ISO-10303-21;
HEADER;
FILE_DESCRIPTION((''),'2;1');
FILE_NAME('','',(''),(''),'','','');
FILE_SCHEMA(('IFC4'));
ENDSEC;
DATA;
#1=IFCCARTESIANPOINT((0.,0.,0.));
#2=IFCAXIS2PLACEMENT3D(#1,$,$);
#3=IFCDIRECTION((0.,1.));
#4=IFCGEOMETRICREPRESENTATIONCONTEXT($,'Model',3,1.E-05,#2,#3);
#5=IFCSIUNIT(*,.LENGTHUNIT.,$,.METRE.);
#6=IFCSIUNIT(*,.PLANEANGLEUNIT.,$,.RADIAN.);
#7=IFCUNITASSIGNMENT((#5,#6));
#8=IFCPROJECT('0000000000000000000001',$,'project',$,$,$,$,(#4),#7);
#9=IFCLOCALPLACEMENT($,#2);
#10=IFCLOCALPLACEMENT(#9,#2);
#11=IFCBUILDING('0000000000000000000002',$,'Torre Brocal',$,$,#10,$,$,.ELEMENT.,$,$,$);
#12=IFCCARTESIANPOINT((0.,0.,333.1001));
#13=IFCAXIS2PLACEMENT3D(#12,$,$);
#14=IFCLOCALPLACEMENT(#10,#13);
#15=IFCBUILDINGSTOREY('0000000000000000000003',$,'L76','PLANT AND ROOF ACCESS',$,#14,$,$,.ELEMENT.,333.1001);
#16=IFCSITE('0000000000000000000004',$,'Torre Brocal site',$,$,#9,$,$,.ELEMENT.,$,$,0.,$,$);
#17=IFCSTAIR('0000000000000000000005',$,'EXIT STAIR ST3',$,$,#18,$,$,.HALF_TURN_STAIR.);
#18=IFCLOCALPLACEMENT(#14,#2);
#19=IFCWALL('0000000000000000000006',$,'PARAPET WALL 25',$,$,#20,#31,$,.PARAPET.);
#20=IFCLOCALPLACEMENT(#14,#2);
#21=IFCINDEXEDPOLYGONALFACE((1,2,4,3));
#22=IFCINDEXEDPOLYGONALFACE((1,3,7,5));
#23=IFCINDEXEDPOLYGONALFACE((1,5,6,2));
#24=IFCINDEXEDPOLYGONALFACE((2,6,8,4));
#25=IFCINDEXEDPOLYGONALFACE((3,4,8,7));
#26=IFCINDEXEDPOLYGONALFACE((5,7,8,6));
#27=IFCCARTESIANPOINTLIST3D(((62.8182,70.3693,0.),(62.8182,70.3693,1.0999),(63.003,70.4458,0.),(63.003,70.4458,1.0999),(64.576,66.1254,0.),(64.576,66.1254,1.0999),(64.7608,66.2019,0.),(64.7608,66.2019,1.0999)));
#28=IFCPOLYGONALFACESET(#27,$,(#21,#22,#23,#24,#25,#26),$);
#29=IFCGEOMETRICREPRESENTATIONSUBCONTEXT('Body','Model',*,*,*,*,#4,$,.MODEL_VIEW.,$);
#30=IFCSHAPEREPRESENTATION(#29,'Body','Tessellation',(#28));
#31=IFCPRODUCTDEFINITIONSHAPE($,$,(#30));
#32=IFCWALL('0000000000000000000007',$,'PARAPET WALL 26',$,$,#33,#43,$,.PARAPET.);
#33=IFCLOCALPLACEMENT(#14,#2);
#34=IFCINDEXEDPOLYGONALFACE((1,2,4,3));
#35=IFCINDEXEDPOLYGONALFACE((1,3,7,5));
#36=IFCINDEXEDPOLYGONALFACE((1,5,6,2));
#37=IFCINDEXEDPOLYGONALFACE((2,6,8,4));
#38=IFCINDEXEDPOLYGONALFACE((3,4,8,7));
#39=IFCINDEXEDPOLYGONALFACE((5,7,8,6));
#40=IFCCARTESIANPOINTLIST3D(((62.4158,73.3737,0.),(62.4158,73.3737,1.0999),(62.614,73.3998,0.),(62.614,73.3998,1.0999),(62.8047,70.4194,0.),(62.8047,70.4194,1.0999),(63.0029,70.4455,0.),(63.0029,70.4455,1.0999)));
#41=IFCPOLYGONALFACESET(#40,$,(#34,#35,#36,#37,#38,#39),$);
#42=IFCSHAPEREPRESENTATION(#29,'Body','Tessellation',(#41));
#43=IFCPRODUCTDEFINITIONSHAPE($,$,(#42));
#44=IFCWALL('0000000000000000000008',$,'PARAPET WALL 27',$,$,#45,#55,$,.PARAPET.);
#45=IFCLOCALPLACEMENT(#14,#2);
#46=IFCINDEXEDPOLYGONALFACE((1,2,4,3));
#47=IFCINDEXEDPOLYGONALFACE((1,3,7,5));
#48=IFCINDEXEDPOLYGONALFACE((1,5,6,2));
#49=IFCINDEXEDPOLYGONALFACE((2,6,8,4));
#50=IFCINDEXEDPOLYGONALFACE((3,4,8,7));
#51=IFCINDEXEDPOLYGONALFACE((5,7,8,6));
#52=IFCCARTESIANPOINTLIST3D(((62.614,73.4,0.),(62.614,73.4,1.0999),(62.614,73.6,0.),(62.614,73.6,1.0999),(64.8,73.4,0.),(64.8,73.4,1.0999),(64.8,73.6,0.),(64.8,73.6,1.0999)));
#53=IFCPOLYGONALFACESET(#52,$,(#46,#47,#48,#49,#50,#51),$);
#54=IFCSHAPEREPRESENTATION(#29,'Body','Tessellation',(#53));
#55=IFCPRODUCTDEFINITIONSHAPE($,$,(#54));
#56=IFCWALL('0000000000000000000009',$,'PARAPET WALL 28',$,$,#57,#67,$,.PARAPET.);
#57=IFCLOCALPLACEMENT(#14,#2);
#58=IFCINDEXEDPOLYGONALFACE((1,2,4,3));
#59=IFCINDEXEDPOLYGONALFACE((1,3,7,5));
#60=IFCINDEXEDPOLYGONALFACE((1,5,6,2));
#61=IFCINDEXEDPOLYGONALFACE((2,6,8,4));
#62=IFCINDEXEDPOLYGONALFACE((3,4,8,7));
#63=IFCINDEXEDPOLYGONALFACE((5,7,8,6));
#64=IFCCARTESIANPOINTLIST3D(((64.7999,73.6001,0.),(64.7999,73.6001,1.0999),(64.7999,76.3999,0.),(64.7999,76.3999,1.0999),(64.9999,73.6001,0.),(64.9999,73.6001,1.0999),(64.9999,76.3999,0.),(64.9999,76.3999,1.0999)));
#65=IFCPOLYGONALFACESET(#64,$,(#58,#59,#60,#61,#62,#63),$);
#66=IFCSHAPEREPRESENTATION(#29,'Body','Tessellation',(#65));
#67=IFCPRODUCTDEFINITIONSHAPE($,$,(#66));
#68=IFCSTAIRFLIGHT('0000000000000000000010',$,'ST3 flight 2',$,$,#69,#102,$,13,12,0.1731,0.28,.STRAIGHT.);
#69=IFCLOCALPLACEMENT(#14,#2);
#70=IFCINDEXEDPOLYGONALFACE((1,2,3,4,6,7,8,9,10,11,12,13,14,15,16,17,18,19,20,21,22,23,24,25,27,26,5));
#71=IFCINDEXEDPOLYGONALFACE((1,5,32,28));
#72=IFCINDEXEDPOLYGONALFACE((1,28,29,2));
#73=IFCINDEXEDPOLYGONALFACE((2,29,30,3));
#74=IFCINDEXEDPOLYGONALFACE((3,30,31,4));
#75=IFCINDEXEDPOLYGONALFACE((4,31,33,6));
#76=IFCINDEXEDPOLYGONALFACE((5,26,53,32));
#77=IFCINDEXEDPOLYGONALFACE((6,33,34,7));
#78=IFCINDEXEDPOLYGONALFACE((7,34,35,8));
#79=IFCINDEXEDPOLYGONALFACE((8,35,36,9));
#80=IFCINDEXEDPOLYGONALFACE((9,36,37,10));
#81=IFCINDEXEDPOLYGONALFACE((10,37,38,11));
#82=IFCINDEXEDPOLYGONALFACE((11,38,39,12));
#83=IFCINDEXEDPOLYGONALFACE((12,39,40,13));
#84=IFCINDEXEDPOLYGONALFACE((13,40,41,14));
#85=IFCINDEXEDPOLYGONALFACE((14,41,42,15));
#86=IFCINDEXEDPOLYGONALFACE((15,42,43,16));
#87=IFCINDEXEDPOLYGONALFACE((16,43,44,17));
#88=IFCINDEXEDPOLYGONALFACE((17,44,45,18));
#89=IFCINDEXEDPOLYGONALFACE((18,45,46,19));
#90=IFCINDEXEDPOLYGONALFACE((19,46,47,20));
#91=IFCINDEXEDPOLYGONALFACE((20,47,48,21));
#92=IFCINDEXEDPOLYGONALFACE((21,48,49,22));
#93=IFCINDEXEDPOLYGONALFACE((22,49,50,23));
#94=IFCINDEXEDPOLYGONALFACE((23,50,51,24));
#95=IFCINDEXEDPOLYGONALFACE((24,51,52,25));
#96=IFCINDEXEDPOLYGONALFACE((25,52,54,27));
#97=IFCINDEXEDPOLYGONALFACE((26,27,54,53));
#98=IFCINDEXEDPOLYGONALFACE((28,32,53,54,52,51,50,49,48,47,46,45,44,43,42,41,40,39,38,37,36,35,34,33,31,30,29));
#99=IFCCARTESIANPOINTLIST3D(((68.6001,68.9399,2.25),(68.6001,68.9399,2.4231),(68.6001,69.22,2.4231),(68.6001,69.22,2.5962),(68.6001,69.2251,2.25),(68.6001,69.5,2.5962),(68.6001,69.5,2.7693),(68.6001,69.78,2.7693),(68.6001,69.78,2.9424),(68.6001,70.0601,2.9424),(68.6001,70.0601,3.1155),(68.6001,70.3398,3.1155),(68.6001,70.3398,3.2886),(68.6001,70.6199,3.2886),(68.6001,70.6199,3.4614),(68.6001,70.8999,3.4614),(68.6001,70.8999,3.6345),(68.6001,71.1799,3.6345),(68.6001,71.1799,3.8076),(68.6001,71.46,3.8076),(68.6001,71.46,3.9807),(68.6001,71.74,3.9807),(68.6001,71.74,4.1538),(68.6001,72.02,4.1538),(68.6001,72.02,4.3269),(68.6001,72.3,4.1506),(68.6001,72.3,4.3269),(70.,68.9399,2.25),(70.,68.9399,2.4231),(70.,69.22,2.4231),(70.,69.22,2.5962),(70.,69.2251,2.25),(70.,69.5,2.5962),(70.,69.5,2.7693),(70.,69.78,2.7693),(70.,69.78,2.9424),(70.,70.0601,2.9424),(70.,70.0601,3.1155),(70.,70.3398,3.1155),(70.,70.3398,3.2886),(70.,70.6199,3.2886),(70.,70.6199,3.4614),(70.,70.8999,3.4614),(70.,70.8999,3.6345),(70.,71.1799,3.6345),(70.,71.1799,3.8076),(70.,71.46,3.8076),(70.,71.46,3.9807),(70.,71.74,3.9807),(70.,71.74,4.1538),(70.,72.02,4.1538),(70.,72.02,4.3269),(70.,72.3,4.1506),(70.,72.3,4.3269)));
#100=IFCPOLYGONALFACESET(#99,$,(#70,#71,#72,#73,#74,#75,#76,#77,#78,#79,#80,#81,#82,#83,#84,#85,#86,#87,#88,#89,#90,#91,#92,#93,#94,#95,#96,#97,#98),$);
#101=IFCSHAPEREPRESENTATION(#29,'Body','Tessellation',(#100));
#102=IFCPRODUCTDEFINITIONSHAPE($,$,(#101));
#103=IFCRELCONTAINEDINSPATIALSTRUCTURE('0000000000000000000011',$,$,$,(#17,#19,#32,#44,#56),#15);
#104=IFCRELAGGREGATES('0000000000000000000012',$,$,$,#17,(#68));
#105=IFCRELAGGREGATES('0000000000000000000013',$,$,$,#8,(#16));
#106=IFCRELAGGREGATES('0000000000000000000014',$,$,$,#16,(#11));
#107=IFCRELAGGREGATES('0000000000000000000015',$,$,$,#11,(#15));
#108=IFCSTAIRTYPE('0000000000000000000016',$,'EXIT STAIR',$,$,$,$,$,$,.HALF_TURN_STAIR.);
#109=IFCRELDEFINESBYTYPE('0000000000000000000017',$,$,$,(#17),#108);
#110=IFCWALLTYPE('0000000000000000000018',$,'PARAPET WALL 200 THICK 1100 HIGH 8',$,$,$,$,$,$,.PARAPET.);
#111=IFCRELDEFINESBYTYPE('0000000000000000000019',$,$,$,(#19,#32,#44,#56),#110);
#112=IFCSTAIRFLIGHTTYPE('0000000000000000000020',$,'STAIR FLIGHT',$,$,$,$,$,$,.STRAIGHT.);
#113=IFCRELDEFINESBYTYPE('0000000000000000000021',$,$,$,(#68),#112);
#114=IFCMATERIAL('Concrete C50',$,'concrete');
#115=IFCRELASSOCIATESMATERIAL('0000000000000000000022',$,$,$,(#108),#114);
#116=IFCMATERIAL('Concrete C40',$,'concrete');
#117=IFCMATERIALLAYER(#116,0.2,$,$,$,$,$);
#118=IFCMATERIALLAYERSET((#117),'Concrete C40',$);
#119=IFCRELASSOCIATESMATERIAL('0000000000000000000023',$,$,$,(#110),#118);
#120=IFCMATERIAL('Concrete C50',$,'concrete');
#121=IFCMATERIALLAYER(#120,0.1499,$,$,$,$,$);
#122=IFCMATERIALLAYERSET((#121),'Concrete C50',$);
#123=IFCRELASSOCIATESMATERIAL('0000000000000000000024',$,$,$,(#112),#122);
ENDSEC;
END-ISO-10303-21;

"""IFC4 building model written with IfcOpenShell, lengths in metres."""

from ifc_helpers import new_model, si_unit, direction, frame, frame_2d, origin, place, context, subcontext, project, spatial, polyline, rectangle, outline, extrude, material, layer, layer_set, type_object, element, aggregate, save


model = new_model("IFC4")

# Units and contexts
model_context = context("Model", 3, precision=1e-05, world=origin(), true_north=direction((0.0, 1.0)))
body_context = subcontext(model_context, "Body", "Model", "MODEL_VIEW")
ifc_project = project(units=[si_unit("LENGTHUNIT", "METRE"), si_unit("PLANEANGLEUNIT", "RADIAN")], contexts=[model_context])

# Site, building, storey
site_placement = place(None, origin())
site = spatial("IfcSite", under=ifc_project, at=site_placement, Name="Torre Brocal site", CompositionType="ELEMENT", RefElevation=0.0)
building_placement = place(site_placement, origin())
building = spatial("IfcBuilding", under=site, at=building_placement, Name="Torre Brocal", CompositionType="ELEMENT")
storey_placement = place(building_placement, frame((0.0, 0.0, 333.1001)))
storey = spatial("IfcBuildingStorey", under=building, at=storey_placement, Name="L76", Description="PLANT AND ROOF ACCESS", CompositionType="ELEMENT", Elevation=333.1001)

# Shared definitions
ifc_material_1 = material(Name="Concrete C50", Category="concrete")
stair_type = type_object("IfcStairType", Name="EXIT STAIR", PredefinedType="HALF_TURN_STAIR", material=ifc_material_1)

# Stair
stair_1_placement = place(storey_placement, origin())
stair_1 = element("IfcStair", 1, at=stair_1_placement, inside=storey, type_object=stair_type, Name="EXIT STAIR ST3", PredefinedType="HALF_TURN_STAIR")

# Walls
ifc_material_2 = material(Name="Concrete C40", Category="concrete")
ifc_layer_1 = layer(ifc_material_2, 0.2)
ifc_layer_set_1 = layer_set([ifc_layer_1], Name="Concrete C40")
wall_type_1 = type_object("IfcWallType", Name="PARAPET WALL 200 THICK 1100 HIGH 8", PredefinedType="PARAPET", material=ifc_layer_set_1)
wall_1_placement = place(storey_placement, frame((64.6685, 66.1636, 0.0), z_axis=(0.0, 0.0, 1.0), x_axis=(-0.382671, 0.923885, 0.0)))
element("IfcWall", 2, at=wall_1_placement, inside=storey, type_object=wall_type_1, Name="PARAPET WALL 25", PredefinedType="PARAPET", context=body_context, shape_type="SweptSolid", body=[
    extrude(rectangle(XDim=4.5935, YDim=0.2, at=frame_2d((2.2969, 0.0))), origin(), (0.0, 0.0, 1.0), 1.0999),
])
wall_2_placement = place(storey_placement, frame((62.9038, 70.4326, 0.0), z_axis=(0.0, 0.0, 1.0), x_axis=(-0.130516, 0.991446, 0.0)))
element("IfcWall", 3, at=wall_2_placement, inside=storey, type_object=wall_type_1, Name="PARAPET WALL 26", PredefinedType="PARAPET", context=body_context, shape_type="SweptSolid", body=[
    extrude(rectangle(XDim=2.9797, YDim=0.2, at=frame_2d((1.4897, 0.0))), origin(), (0.0, 0.0, 1.0), 1.0999),
])
wall_3_placement = place(storey_placement, frame((62.614, 73.5, 0.0), z_axis=(0.0, 0.0, 1.0), x_axis=(1.0, 0.0, 0.0)))
element("IfcWall", 4, at=wall_3_placement, inside=storey, type_object=wall_type_1, Name="PARAPET WALL 27", PredefinedType="PARAPET", context=body_context, shape_type="SweptSolid", body=[
    extrude(rectangle(XDim=2.186, YDim=0.2, at=frame_2d((1.093, 0.0))), origin(), (0.0, 0.0, 1.0), 1.0999),
])
wall_4_placement = place(storey_placement, frame((64.8999, 73.6001, 0.0), z_axis=(0.0, 0.0, 1.0), x_axis=(0.0, 1.0, 0.0)))
element("IfcWall", 5, at=wall_4_placement, inside=storey, type_object=wall_type_1, Name="PARAPET WALL 28", PredefinedType="PARAPET", context=body_context, shape_type="SweptSolid", body=[
    extrude(rectangle(XDim=2.7998, YDim=0.2, at=frame_2d((1.3999, 0.0))), origin(), (0.0, 0.0, 1.0), 1.0999),
])

# Stair flight
ifc_material_3 = material(Name="Concrete C50", Category="concrete")
ifc_layer_2 = layer(ifc_material_3, 0.1499)
ifc_layer_set_2 = layer_set([ifc_layer_2], Name="Concrete C50")
stair_flight_type = type_object("IfcStairFlightType", Name="STAIR FLIGHT", PredefinedType="STRAIGHT", material=ifc_layer_set_2)
stair_flight_placement = place(storey_placement, frame((69.3, 68.9399, 2.25), z_axis=(0.0, 0.0, 1.0), x_axis=(0.0, 1.0, 0.0)))
stair_flight = element("IfcStairFlight", 6, at=stair_flight_placement, type_object=stair_flight_type, Name="ST3 flight 2", NumberOfRisers=13, NumberOfTreads=12, PredefinedType="STRAIGHT", RiserHeight=0.1731, TreadLength=0.28, context=body_context, shape_type="SweptSolid", body=[
    extrude(outline(polyline([(0.0, 0.0), (0.0, 0.1731), (0.28, 0.1731), (0.28, 0.3462), (0.5601, 0.3462), (0.5601, 0.5193), (0.8401, 0.5193), (0.8401, 0.6924), (1.1201, 0.6924), (1.1201, 0.8655), (1.3999, 0.8655), (1.3999, 1.0386), (1.6799, 1.0386), (1.6799, 1.2114), (1.96, 1.2114), (1.96, 1.3845), (2.24, 1.3845), (2.24, 1.5576), (2.52, 1.5576), (2.52, 1.7307), (2.8, 1.7307), (2.8, 1.9038), (3.0801, 1.9038), (3.0801, 2.0769), (3.3601, 2.0769), (3.3601, 2.25), (3.3601, 1.9006), (0.2852, 0.0), (0.0, 0.0)])), frame((0.0, 0.7, 0.0), z_axis=(0.0, -1.0, 0.0), x_axis=(1.0, 0.0, 0.0)), (0.0, 0.0, 1.0), 1.3999),
])
aggregate(stair_1, [stair_flight])

save(model, "model.ifc")
